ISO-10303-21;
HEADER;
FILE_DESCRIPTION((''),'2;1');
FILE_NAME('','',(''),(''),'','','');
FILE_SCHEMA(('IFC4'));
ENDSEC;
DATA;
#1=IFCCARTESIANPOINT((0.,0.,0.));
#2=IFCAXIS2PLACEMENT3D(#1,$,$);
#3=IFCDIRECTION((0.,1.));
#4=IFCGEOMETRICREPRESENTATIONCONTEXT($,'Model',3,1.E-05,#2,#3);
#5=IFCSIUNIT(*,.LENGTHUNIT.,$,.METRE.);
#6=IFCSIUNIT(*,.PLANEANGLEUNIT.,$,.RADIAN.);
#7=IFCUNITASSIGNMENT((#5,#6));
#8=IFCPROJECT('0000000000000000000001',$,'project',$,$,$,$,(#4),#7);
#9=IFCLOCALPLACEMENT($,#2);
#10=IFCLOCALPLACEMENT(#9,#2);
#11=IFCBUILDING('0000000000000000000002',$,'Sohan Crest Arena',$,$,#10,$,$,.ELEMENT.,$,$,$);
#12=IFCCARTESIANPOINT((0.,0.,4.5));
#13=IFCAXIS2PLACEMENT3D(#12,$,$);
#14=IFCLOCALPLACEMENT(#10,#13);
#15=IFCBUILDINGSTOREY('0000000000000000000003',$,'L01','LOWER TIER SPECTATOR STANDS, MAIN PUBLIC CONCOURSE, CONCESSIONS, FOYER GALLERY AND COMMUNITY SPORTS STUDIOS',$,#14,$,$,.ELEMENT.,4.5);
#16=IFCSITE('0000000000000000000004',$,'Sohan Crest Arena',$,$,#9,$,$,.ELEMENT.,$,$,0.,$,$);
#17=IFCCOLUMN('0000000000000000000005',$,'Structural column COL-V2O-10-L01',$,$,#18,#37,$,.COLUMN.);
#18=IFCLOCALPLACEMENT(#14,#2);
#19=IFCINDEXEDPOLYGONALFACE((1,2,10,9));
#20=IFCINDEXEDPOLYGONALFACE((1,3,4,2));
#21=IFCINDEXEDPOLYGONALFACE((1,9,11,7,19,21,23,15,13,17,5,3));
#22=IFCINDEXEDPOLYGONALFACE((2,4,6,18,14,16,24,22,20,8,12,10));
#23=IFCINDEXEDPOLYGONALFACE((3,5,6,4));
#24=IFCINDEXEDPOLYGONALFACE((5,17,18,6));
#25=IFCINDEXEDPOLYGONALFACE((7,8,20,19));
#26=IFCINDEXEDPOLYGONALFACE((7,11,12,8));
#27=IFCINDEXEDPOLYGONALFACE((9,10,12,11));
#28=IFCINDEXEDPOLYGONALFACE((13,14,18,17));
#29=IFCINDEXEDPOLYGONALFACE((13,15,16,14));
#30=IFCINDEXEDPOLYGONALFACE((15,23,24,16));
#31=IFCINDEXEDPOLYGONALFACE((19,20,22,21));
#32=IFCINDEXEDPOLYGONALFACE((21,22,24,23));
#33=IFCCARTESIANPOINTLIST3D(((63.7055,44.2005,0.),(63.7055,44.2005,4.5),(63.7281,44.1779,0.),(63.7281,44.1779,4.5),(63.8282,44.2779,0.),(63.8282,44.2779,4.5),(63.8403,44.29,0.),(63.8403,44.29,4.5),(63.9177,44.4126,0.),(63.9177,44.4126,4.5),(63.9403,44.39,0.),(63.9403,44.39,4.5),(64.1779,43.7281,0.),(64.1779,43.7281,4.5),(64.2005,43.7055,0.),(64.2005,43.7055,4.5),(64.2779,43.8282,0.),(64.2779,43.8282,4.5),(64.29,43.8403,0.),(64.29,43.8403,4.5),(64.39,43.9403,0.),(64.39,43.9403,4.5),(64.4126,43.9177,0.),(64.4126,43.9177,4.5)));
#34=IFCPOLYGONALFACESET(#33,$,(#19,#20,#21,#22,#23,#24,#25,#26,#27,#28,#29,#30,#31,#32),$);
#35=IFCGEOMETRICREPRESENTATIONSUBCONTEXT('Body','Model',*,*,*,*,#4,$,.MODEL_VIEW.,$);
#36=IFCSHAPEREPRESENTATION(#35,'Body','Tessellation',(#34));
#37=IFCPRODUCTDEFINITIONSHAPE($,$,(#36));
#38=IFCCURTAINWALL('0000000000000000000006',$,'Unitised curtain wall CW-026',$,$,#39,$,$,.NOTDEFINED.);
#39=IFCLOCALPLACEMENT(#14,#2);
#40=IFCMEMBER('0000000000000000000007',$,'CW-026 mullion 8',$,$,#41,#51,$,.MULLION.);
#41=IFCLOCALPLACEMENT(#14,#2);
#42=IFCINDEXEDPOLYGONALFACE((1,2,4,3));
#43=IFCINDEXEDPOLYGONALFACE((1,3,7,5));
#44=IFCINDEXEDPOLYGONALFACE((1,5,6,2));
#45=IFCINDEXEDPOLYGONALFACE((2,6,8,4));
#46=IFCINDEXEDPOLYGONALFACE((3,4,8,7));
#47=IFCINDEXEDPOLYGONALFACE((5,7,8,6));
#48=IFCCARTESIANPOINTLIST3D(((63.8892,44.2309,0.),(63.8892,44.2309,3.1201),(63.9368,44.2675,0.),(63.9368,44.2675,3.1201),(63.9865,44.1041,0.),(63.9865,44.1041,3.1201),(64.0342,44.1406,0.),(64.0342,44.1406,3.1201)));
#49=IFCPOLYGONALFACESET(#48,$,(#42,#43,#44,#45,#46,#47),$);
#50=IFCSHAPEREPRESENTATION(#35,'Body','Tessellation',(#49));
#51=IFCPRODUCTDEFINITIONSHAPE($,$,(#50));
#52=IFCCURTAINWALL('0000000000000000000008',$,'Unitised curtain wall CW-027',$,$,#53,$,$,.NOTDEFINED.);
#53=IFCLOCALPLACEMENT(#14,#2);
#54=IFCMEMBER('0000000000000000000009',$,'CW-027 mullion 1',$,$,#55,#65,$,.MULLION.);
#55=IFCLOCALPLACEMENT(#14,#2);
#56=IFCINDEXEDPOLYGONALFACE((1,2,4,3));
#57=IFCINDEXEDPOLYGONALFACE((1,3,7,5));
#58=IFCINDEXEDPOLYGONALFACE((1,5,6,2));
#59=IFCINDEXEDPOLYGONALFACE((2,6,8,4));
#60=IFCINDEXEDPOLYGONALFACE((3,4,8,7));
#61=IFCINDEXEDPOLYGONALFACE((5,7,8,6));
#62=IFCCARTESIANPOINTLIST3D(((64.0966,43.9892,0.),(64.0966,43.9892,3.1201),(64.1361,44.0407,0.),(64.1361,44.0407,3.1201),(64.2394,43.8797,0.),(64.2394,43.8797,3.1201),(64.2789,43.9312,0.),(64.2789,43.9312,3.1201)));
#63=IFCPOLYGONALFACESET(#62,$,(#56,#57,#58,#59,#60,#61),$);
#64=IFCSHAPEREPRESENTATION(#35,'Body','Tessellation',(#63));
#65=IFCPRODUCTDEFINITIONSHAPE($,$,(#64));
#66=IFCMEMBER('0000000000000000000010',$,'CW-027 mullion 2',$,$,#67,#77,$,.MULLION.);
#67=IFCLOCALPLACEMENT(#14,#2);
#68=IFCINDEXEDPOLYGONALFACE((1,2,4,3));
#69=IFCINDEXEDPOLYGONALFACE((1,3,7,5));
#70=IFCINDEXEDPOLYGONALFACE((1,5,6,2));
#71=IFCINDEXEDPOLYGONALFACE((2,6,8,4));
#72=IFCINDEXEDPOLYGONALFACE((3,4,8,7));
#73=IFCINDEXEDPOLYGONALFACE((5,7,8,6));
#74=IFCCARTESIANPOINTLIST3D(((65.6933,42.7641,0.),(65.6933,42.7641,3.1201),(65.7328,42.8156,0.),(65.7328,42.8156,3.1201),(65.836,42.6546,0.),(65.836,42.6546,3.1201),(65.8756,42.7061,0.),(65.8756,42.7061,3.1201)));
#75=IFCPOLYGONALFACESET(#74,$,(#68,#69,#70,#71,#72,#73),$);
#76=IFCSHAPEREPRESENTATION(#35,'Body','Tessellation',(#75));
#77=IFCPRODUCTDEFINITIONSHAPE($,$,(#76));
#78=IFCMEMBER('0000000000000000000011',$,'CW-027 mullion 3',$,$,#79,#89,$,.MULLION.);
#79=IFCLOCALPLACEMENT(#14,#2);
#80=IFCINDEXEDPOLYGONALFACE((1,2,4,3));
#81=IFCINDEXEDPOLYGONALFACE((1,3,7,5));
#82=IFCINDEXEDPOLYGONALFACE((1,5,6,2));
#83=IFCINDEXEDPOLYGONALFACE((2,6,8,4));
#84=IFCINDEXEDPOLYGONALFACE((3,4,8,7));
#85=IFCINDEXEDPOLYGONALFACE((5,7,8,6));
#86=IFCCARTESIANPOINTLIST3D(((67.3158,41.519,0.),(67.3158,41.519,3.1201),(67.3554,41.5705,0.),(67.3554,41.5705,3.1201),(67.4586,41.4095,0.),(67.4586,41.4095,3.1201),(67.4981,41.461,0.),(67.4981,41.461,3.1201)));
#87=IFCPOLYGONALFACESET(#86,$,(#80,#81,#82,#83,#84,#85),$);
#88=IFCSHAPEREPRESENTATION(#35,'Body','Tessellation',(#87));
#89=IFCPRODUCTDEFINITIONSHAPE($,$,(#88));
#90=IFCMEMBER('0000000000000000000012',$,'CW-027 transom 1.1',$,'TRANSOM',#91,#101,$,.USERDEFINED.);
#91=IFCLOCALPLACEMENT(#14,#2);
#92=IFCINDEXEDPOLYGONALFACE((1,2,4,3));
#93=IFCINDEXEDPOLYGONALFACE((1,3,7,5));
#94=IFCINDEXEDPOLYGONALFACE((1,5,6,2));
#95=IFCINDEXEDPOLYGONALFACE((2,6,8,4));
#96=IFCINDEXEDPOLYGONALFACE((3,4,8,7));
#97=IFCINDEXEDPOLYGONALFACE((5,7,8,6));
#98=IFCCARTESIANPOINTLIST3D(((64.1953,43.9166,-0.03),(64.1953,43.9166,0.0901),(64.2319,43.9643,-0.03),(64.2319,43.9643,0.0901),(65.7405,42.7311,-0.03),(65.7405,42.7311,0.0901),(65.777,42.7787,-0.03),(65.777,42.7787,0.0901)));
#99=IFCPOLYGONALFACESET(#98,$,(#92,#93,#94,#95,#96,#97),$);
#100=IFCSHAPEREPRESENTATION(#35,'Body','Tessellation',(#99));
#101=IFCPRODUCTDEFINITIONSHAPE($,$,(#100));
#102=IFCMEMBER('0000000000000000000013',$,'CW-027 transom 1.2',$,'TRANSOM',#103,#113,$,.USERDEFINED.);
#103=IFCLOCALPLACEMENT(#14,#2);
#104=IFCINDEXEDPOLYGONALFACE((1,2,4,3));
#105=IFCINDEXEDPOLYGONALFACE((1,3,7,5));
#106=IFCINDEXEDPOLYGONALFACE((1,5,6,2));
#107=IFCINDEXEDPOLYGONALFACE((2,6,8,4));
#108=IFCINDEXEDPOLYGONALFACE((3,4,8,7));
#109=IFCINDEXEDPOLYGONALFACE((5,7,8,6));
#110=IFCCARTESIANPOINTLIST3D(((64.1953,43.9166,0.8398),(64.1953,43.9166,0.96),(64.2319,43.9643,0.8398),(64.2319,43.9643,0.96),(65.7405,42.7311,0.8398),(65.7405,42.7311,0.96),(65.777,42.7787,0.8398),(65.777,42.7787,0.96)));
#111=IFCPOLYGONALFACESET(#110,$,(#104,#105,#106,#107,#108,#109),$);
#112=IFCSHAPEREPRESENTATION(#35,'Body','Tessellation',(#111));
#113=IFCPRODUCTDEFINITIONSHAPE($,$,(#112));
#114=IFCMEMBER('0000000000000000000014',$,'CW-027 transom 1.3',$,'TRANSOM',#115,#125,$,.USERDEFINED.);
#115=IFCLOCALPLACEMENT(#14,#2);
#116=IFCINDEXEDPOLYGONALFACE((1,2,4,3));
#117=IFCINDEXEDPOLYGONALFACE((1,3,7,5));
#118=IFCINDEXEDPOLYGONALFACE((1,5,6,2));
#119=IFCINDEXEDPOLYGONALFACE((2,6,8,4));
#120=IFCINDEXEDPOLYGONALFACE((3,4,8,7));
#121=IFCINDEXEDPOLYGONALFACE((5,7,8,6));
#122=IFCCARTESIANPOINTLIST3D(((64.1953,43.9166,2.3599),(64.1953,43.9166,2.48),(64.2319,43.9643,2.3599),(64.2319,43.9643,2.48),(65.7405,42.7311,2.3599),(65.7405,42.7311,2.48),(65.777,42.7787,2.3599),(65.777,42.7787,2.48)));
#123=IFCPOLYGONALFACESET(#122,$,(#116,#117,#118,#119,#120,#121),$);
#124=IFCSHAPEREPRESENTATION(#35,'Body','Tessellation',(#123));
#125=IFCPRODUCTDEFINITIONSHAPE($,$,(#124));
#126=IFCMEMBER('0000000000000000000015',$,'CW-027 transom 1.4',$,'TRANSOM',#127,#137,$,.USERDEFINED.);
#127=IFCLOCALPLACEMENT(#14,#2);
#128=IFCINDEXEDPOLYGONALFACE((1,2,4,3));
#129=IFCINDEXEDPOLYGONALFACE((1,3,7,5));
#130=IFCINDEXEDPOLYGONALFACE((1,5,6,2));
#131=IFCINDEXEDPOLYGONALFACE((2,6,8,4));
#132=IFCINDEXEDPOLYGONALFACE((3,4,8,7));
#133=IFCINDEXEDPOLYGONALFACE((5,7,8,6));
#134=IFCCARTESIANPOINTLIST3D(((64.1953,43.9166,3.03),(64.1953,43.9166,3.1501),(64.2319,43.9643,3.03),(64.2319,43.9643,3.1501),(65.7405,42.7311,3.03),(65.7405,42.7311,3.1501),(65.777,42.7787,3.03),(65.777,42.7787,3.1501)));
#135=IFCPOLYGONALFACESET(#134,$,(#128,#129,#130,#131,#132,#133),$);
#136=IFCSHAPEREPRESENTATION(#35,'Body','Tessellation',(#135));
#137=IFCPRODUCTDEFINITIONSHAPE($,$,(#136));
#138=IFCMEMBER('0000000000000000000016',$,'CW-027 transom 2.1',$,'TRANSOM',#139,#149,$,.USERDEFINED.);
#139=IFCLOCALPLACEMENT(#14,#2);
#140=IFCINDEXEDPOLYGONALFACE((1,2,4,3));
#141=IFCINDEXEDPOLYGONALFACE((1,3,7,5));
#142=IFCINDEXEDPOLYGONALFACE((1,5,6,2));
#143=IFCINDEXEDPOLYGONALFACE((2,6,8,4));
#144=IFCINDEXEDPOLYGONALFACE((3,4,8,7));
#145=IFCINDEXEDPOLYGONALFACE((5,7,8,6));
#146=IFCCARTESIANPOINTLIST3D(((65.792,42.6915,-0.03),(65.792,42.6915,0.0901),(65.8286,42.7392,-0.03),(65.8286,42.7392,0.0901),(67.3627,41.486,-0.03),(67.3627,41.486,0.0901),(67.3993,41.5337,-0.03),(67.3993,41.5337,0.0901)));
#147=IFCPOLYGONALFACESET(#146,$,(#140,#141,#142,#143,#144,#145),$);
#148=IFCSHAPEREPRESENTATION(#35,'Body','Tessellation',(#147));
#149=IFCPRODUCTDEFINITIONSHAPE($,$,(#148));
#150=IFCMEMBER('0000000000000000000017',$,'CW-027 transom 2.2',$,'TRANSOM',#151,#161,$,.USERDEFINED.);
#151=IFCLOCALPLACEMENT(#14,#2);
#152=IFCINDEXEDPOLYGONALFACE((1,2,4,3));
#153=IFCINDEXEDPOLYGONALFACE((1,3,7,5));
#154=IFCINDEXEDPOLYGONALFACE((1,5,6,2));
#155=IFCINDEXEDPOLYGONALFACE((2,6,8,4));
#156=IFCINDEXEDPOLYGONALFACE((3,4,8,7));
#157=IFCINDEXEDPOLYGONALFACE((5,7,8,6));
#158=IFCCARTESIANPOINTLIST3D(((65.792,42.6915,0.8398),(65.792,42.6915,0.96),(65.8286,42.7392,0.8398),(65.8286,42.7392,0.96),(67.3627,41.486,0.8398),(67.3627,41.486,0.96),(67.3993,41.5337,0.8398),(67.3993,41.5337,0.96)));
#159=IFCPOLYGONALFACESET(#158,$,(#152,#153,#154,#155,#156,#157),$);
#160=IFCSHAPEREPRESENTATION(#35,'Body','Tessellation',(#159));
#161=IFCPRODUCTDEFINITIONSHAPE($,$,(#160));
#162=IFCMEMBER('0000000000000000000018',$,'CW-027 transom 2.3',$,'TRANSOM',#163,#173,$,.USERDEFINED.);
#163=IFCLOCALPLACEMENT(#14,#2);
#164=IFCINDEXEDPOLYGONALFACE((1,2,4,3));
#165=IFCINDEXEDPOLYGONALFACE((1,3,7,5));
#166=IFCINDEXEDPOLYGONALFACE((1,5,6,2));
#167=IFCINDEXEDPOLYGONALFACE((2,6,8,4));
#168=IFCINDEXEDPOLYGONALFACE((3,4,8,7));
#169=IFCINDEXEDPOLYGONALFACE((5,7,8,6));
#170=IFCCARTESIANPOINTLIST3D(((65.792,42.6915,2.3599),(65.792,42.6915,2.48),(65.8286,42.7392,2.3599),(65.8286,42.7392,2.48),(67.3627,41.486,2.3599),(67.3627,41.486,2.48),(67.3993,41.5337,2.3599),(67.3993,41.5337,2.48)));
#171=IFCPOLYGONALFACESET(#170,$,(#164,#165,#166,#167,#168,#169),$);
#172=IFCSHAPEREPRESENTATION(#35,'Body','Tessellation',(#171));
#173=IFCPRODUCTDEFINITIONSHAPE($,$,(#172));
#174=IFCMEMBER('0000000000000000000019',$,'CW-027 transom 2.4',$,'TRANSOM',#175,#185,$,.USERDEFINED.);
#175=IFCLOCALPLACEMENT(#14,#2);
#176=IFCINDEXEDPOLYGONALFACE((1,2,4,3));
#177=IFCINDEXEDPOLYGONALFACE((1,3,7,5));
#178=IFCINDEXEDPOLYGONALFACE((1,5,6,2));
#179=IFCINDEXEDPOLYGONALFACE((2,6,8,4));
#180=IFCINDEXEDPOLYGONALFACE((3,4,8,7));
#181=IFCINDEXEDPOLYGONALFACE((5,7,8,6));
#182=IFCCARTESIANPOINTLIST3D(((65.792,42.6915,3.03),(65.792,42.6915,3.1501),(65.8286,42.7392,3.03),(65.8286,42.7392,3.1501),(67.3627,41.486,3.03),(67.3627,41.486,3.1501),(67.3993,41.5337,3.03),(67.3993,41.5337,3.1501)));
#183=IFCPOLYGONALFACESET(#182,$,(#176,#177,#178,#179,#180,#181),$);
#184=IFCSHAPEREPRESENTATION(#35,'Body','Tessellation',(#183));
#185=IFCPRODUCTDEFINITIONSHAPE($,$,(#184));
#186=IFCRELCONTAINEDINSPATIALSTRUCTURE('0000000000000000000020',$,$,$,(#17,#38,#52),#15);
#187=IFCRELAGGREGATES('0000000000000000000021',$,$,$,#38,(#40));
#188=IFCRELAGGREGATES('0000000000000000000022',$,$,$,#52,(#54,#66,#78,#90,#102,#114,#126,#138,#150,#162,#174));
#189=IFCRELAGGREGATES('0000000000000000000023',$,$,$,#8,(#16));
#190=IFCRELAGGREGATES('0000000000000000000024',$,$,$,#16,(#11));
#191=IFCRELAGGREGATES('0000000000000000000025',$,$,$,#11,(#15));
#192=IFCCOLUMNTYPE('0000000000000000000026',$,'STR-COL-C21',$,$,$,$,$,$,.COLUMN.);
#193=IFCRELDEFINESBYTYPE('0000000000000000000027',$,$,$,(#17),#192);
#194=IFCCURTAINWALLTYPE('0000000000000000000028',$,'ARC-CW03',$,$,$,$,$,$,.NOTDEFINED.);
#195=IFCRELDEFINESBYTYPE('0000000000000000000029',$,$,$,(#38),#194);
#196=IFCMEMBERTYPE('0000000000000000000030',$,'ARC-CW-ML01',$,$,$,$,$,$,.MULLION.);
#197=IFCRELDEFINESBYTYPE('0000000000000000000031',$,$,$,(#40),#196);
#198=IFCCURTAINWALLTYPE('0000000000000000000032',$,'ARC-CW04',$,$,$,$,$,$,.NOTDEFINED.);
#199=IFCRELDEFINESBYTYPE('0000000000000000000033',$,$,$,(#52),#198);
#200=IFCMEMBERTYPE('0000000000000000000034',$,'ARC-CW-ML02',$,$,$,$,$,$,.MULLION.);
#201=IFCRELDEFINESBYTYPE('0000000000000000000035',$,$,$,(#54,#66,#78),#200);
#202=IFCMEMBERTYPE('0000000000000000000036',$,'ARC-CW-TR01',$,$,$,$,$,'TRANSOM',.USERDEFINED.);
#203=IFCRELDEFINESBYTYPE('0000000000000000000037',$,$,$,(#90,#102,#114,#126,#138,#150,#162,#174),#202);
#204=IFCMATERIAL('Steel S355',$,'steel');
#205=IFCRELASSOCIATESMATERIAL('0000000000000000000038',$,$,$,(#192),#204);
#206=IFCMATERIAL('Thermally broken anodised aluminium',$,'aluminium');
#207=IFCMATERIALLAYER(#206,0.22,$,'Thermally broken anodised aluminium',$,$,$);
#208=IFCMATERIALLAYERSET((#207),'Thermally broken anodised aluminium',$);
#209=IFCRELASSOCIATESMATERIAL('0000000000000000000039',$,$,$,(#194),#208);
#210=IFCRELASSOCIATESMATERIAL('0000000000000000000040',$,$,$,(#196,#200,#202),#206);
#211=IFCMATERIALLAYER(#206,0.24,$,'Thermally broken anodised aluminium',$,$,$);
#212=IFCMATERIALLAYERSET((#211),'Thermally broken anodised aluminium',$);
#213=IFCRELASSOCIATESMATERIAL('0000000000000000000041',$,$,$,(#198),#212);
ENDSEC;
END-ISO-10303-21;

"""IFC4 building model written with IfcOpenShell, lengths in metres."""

from ifc_helpers import new_model, si_unit, direction, frame, origin, origin_2d, place, context, subcontext, project, spatial, rectangle, i_section, extrude, material, layer, layer_set, material_profile, profile_set, type_object, element, aggregate, save


model = new_model("IFC4")

# Units and contexts
model_context = context("Model", 3, precision=1e-05, world=origin(), true_north=direction((0.0, 1.0)))
body_context = subcontext(model_context, "Body", "Model", "MODEL_VIEW")
ifc_project = project(units=[si_unit("LENGTHUNIT", "METRE"), si_unit("PLANEANGLEUNIT", "RADIAN")], contexts=[model_context])

# Site, building, storey
site_placement = place(None, origin())
site = spatial("IfcSite", under=ifc_project, at=site_placement, Name="Sohan Crest Arena", CompositionType="ELEMENT", RefElevation=0.0)
building_placement = place(site_placement, origin())
building = spatial("IfcBuilding", under=site, at=building_placement, Name="Sohan Crest Arena", CompositionType="ELEMENT")
storey_placement = place(building_placement, frame((0.0, 0.0, 4.5)))
storey = spatial("IfcBuildingStorey", under=building, at=storey_placement, Name="L01", Description="LOWER TIER SPECTATOR STANDS, MAIN PUBLIC CONCOURSE, CONCESSIONS, FOYER GALLERY AND COMMUNITY SPORTS STUDIOS", CompositionType="ELEMENT", Elevation=4.5)

# Column
ifc_material_1 = material(Name="Steel S355", Category="steel")
ifc_material_profile_1 = material_profile(ifc_material_1, i_section(OverallWidth=0.3, OverallDepth=0.7, WebThickness=0.0171, FlangeThickness=0.032, at=origin_2d()), Name="HEB 700")
ifc_profile_set_1 = profile_set([ifc_material_profile_1], Name="Steel S355")
column_type = type_object("IfcColumnType", Name="STR-COL-C21", PredefinedType="COLUMN", material=ifc_profile_set_1)
column_placement = place(storey_placement, frame((64.0591, 44.0591, 0.0), z_axis=(0.0, 0.0, 1.0), x_axis=(0.707107, 0.707107, 0.0)))
element("IfcColumn", 1, at=column_placement, inside=storey, type_object=column_type, Name="Structural column COL-V2O-10-L01", PredefinedType="COLUMN", context=body_context, shape_type="SweptSolid", body=[
    extrude(i_section(OverallWidth=0.3, OverallDepth=0.7, WebThickness=0.0171, FlangeThickness=0.032, at=origin_2d()), origin(), (0.0, 0.0, 1.0), 4.5),
])

# Curtain wall, member
ifc_material_2 = material(Name="Thermally broken anodised aluminium", Category="aluminium")
ifc_layer_1 = layer(ifc_material_2, 0.22, Name="Thermally broken anodised aluminium")
ifc_layer_set_1 = layer_set([ifc_layer_1], Name="Thermally broken anodised aluminium")
curtain_wall_type_1 = type_object("IfcCurtainWallType", Name="ARC-CW03", PredefinedType="NOTDEFINED", material=ifc_layer_set_1)
curtain_wall_1_placement = place(storey_placement, origin())
curtain_wall_1 = element("IfcCurtainWall", 2, at=curtain_wall_1_placement, inside=storey, type_object=curtain_wall_type_1, Name="Unitised curtain wall CW-026", PredefinedType="NOTDEFINED")
ifc_material_profile_2 = material_profile(ifc_material_2, rectangle(XDim=0.0601, YDim=0.1599, at=origin_2d()), Name="ALU-MULL 60x160")
ifc_profile_set_2 = profile_set([ifc_material_profile_2], Name="Thermally broken anodised aluminium")
member_type_1 = type_object("IfcMemberType", Name="ARC-CW-ML01", PredefinedType="MULLION", material=ifc_profile_set_2)
member_1_placement = place(storey_placement, frame((63.9617, 44.1858, 0.0), z_axis=(0.0, 0.0, 1.0), x_axis=(0.793351, 0.608765, 0.0)))
member_1 = element("IfcMember", 3, at=member_1_placement, type_object=member_type_1, Name="CW-026 mullion 8", PredefinedType="MULLION", context=body_context, shape_type="SweptSolid", body=[
    extrude(rectangle(XDim=0.0601, YDim=0.1599, at=origin_2d()), origin(), (0.0, 0.0, 1.0), 3.1201),
])

# Curtain wall, members
ifc_layer_2 = layer(ifc_material_2, 0.24, Name="Thermally broken anodised aluminium")
ifc_layer_set_2 = layer_set([ifc_layer_2], Name="Thermally broken anodised aluminium")
curtain_wall_type_2 = type_object("IfcCurtainWallType", Name="ARC-CW04", PredefinedType="NOTDEFINED", material=ifc_layer_set_2)
curtain_wall_2_placement = place(storey_placement, origin())
curtain_wall_2 = element("IfcCurtainWall", 4, at=curtain_wall_2_placement, inside=storey, type_object=curtain_wall_type_2, Name="Unitised curtain wall CW-027", PredefinedType="NOTDEFINED")
ifc_material_profile_3 = material_profile(ifc_material_2, rectangle(XDim=0.0649, YDim=0.1799, at=origin_2d()), Name="ALU-MULL 65x180")
ifc_profile_set_3 = profile_set([ifc_material_profile_3], Name="Thermally broken anodised aluminium")
member_type_2 = type_object("IfcMemberType", Name="ARC-CW-ML02", PredefinedType="MULLION", material=ifc_profile_set_3)
member_2_placement = place(storey_placement, frame((64.1877, 43.9602, 0.0), z_axis=(0.0, 0.0, 1.0), x_axis=(0.608765, 0.793351, 0.0)))
member_2 = element("IfcMember", 5, at=member_2_placement, type_object=member_type_2, Name="CW-027 mullion 1", PredefinedType="MULLION", context=body_context, shape_type="SweptSolid", body=[
    extrude(rectangle(XDim=0.0649, YDim=0.1799, at=origin_2d()), origin(), (0.0, 0.0, 1.0), 3.1201),
])
member_3_placement = place(storey_placement, frame((65.7844, 42.7351, 0.0), z_axis=(0.0, 0.0, 1.0), x_axis=(0.608765, 0.793351, 0.0)))
member_3 = element("IfcMember", 6, at=member_3_placement, type_object=member_type_2, Name="CW-027 mullion 2", PredefinedType="MULLION", context=body_context, shape_type="SweptSolid", body=[
    extrude(rectangle(XDim=0.0649, YDim=0.1799, at=origin_2d()), origin(), (0.0, 0.0, 1.0), 3.1201),
])
member_4_placement = place(storey_placement, frame((67.407, 41.49, 0.0), z_axis=(0.0, 0.0, 1.0), x_axis=(0.608765, 0.793351, 0.0)))
member_4 = element("IfcMember", 7, at=member_4_placement, type_object=member_type_2, Name="CW-027 mullion 3", PredefinedType="MULLION", context=body_context, shape_type="SweptSolid", body=[
    extrude(rectangle(XDim=0.0649, YDim=0.1799, at=origin_2d()), origin(), (0.0, 0.0, 1.0), 3.1201),
])
ifc_material_profile_4 = material_profile(ifc_material_2, rectangle(XDim=0.0601, YDim=0.1201, at=origin_2d()), Name="ALU-TRAN 60x120")
ifc_profile_set_4 = profile_set([ifc_material_profile_4], Name="Thermally broken anodised aluminium")
member_type_3 = type_object("IfcMemberType", Name="ARC-CW-TR01", ElementType="TRANSOM", PredefinedType="USERDEFINED", material=ifc_profile_set_4)
member_5_placement = place(storey_placement, frame((64.2136, 43.9404, 0.03), z_axis=(0.793378, -0.608729, 0.0), x_axis=(0.608729, 0.793378, 0.0)))
member_5 = element("IfcMember", 8, at=member_5_placement, type_object=member_type_3, Name="CW-027 transom 1.1", ObjectType="TRANSOM", PredefinedType="USERDEFINED", context=body_context, shape_type="SweptSolid", body=[
    extrude(rectangle(XDim=0.0601, YDim=0.1201, at=origin_2d()), origin(), (0.0, 0.0, 1.0), 1.9475),
])
member_6_placement = place(storey_placement, frame((64.2136, 43.9404, 0.8999), z_axis=(0.793378, -0.608729, 0.0), x_axis=(0.608729, 0.793378, 0.0)))
member_6 = element("IfcMember", 9, at=member_6_placement, type_object=member_type_3, Name="CW-027 transom 1.2", ObjectType="TRANSOM", PredefinedType="USERDEFINED", context=body_context, shape_type="SweptSolid", body=[
    extrude(rectangle(XDim=0.0601, YDim=0.1201, at=origin_2d()), origin(), (0.0, 0.0, 1.0), 1.9475),
])
member_7_placement = place(storey_placement, frame((64.2136, 43.9404, 2.4199), z_axis=(0.793378, -0.608729, 0.0), x_axis=(0.608729, 0.793378, 0.0)))
member_7 = element("IfcMember", 10, at=member_7_placement, type_object=member_type_3, Name="CW-027 transom 1.3", ObjectType="TRANSOM", PredefinedType="USERDEFINED", context=body_context, shape_type="SweptSolid", body=[
    extrude(rectangle(XDim=0.0601, YDim=0.1201, at=origin_2d()), origin(), (0.0, 0.0, 1.0), 1.9475),
])
member_8_placement = place(storey_placement, frame((64.2136, 43.9404, 3.0901), z_axis=(0.793378, -0.608729, 0.0), x_axis=(0.608729, 0.793378, 0.0)))
member_8 = element("IfcMember", 11, at=member_8_placement, type_object=member_type_3, Name="CW-027 transom 1.4", ObjectType="TRANSOM", PredefinedType="USERDEFINED", context=body_context, shape_type="SweptSolid", body=[
    extrude(rectangle(XDim=0.0601, YDim=0.1201, at=origin_2d()), origin(), (0.0, 0.0, 1.0), 1.9475),
])
member_9_placement = place(storey_placement, frame((65.8103, 42.7153, 0.03), z_axis=(0.793293, -0.60884, 0.0), x_axis=(0.60884, 0.793293, 0.0)))
member_9 = element("IfcMember", 12, at=member_9_placement, type_object=member_type_3, Name="CW-027 transom 2.1", ObjectType="TRANSOM", PredefinedType="USERDEFINED", context=body_context, shape_type="SweptSolid", body=[
    extrude(rectangle(XDim=0.0601, YDim=0.1201, at=origin_2d()), origin(), (0.0, 0.0, 1.0), 1.98),
])
member_10_placement = place(storey_placement, frame((65.8103, 42.7153, 0.8999), z_axis=(0.793293, -0.60884, 0.0), x_axis=(0.60884, 0.793293, 0.0)))
member_10 = element("IfcMember", 13, at=member_10_placement, type_object=member_type_3, Name="CW-027 transom 2.2", ObjectType="TRANSOM", PredefinedType="USERDEFINED", context=body_context, shape_type="SweptSolid", body=[
    extrude(rectangle(XDim=0.0601, YDim=0.1201, at=origin_2d()), origin(), (0.0, 0.0, 1.0), 1.98),
])
member_11_placement = place(storey_placement, frame((65.8103, 42.7153, 2.4199), z_axis=(0.793293, -0.60884, 0.0), x_axis=(0.60884, 0.793293, 0.0)))
member_11 = element("IfcMember", 14, at=member_11_placement, type_object=member_type_3, Name="CW-027 transom 2.3", ObjectType="TRANSOM", PredefinedType="USERDEFINED", context=body_context, shape_type="SweptSolid", body=[
    extrude(rectangle(XDim=0.0601, YDim=0.1201, at=origin_2d()), origin(), (0.0, 0.0, 1.0), 1.98),
])
member_12_placement = place(storey_placement, frame((65.8103, 42.7153, 3.0901), z_axis=(0.793293, -0.60884, 0.0), x_axis=(0.60884, 0.793293, 0.0)))
member_12 = element("IfcMember", 15, at=member_12_placement, type_object=member_type_3, Name="CW-027 transom 2.4", ObjectType="TRANSOM", PredefinedType="USERDEFINED", context=body_context, shape_type="SweptSolid", body=[
    extrude(rectangle(XDim=0.0601, YDim=0.1201, at=origin_2d()), origin(), (0.0, 0.0, 1.0), 1.98),
])

aggregate(curtain_wall_1, [member_1])
aggregate(curtain_wall_2, [member_2, member_3, member_4, member_5, member_6, member_7, member_8, member_9, member_10, member_11, member_12])

save(model, "model.ifc")
